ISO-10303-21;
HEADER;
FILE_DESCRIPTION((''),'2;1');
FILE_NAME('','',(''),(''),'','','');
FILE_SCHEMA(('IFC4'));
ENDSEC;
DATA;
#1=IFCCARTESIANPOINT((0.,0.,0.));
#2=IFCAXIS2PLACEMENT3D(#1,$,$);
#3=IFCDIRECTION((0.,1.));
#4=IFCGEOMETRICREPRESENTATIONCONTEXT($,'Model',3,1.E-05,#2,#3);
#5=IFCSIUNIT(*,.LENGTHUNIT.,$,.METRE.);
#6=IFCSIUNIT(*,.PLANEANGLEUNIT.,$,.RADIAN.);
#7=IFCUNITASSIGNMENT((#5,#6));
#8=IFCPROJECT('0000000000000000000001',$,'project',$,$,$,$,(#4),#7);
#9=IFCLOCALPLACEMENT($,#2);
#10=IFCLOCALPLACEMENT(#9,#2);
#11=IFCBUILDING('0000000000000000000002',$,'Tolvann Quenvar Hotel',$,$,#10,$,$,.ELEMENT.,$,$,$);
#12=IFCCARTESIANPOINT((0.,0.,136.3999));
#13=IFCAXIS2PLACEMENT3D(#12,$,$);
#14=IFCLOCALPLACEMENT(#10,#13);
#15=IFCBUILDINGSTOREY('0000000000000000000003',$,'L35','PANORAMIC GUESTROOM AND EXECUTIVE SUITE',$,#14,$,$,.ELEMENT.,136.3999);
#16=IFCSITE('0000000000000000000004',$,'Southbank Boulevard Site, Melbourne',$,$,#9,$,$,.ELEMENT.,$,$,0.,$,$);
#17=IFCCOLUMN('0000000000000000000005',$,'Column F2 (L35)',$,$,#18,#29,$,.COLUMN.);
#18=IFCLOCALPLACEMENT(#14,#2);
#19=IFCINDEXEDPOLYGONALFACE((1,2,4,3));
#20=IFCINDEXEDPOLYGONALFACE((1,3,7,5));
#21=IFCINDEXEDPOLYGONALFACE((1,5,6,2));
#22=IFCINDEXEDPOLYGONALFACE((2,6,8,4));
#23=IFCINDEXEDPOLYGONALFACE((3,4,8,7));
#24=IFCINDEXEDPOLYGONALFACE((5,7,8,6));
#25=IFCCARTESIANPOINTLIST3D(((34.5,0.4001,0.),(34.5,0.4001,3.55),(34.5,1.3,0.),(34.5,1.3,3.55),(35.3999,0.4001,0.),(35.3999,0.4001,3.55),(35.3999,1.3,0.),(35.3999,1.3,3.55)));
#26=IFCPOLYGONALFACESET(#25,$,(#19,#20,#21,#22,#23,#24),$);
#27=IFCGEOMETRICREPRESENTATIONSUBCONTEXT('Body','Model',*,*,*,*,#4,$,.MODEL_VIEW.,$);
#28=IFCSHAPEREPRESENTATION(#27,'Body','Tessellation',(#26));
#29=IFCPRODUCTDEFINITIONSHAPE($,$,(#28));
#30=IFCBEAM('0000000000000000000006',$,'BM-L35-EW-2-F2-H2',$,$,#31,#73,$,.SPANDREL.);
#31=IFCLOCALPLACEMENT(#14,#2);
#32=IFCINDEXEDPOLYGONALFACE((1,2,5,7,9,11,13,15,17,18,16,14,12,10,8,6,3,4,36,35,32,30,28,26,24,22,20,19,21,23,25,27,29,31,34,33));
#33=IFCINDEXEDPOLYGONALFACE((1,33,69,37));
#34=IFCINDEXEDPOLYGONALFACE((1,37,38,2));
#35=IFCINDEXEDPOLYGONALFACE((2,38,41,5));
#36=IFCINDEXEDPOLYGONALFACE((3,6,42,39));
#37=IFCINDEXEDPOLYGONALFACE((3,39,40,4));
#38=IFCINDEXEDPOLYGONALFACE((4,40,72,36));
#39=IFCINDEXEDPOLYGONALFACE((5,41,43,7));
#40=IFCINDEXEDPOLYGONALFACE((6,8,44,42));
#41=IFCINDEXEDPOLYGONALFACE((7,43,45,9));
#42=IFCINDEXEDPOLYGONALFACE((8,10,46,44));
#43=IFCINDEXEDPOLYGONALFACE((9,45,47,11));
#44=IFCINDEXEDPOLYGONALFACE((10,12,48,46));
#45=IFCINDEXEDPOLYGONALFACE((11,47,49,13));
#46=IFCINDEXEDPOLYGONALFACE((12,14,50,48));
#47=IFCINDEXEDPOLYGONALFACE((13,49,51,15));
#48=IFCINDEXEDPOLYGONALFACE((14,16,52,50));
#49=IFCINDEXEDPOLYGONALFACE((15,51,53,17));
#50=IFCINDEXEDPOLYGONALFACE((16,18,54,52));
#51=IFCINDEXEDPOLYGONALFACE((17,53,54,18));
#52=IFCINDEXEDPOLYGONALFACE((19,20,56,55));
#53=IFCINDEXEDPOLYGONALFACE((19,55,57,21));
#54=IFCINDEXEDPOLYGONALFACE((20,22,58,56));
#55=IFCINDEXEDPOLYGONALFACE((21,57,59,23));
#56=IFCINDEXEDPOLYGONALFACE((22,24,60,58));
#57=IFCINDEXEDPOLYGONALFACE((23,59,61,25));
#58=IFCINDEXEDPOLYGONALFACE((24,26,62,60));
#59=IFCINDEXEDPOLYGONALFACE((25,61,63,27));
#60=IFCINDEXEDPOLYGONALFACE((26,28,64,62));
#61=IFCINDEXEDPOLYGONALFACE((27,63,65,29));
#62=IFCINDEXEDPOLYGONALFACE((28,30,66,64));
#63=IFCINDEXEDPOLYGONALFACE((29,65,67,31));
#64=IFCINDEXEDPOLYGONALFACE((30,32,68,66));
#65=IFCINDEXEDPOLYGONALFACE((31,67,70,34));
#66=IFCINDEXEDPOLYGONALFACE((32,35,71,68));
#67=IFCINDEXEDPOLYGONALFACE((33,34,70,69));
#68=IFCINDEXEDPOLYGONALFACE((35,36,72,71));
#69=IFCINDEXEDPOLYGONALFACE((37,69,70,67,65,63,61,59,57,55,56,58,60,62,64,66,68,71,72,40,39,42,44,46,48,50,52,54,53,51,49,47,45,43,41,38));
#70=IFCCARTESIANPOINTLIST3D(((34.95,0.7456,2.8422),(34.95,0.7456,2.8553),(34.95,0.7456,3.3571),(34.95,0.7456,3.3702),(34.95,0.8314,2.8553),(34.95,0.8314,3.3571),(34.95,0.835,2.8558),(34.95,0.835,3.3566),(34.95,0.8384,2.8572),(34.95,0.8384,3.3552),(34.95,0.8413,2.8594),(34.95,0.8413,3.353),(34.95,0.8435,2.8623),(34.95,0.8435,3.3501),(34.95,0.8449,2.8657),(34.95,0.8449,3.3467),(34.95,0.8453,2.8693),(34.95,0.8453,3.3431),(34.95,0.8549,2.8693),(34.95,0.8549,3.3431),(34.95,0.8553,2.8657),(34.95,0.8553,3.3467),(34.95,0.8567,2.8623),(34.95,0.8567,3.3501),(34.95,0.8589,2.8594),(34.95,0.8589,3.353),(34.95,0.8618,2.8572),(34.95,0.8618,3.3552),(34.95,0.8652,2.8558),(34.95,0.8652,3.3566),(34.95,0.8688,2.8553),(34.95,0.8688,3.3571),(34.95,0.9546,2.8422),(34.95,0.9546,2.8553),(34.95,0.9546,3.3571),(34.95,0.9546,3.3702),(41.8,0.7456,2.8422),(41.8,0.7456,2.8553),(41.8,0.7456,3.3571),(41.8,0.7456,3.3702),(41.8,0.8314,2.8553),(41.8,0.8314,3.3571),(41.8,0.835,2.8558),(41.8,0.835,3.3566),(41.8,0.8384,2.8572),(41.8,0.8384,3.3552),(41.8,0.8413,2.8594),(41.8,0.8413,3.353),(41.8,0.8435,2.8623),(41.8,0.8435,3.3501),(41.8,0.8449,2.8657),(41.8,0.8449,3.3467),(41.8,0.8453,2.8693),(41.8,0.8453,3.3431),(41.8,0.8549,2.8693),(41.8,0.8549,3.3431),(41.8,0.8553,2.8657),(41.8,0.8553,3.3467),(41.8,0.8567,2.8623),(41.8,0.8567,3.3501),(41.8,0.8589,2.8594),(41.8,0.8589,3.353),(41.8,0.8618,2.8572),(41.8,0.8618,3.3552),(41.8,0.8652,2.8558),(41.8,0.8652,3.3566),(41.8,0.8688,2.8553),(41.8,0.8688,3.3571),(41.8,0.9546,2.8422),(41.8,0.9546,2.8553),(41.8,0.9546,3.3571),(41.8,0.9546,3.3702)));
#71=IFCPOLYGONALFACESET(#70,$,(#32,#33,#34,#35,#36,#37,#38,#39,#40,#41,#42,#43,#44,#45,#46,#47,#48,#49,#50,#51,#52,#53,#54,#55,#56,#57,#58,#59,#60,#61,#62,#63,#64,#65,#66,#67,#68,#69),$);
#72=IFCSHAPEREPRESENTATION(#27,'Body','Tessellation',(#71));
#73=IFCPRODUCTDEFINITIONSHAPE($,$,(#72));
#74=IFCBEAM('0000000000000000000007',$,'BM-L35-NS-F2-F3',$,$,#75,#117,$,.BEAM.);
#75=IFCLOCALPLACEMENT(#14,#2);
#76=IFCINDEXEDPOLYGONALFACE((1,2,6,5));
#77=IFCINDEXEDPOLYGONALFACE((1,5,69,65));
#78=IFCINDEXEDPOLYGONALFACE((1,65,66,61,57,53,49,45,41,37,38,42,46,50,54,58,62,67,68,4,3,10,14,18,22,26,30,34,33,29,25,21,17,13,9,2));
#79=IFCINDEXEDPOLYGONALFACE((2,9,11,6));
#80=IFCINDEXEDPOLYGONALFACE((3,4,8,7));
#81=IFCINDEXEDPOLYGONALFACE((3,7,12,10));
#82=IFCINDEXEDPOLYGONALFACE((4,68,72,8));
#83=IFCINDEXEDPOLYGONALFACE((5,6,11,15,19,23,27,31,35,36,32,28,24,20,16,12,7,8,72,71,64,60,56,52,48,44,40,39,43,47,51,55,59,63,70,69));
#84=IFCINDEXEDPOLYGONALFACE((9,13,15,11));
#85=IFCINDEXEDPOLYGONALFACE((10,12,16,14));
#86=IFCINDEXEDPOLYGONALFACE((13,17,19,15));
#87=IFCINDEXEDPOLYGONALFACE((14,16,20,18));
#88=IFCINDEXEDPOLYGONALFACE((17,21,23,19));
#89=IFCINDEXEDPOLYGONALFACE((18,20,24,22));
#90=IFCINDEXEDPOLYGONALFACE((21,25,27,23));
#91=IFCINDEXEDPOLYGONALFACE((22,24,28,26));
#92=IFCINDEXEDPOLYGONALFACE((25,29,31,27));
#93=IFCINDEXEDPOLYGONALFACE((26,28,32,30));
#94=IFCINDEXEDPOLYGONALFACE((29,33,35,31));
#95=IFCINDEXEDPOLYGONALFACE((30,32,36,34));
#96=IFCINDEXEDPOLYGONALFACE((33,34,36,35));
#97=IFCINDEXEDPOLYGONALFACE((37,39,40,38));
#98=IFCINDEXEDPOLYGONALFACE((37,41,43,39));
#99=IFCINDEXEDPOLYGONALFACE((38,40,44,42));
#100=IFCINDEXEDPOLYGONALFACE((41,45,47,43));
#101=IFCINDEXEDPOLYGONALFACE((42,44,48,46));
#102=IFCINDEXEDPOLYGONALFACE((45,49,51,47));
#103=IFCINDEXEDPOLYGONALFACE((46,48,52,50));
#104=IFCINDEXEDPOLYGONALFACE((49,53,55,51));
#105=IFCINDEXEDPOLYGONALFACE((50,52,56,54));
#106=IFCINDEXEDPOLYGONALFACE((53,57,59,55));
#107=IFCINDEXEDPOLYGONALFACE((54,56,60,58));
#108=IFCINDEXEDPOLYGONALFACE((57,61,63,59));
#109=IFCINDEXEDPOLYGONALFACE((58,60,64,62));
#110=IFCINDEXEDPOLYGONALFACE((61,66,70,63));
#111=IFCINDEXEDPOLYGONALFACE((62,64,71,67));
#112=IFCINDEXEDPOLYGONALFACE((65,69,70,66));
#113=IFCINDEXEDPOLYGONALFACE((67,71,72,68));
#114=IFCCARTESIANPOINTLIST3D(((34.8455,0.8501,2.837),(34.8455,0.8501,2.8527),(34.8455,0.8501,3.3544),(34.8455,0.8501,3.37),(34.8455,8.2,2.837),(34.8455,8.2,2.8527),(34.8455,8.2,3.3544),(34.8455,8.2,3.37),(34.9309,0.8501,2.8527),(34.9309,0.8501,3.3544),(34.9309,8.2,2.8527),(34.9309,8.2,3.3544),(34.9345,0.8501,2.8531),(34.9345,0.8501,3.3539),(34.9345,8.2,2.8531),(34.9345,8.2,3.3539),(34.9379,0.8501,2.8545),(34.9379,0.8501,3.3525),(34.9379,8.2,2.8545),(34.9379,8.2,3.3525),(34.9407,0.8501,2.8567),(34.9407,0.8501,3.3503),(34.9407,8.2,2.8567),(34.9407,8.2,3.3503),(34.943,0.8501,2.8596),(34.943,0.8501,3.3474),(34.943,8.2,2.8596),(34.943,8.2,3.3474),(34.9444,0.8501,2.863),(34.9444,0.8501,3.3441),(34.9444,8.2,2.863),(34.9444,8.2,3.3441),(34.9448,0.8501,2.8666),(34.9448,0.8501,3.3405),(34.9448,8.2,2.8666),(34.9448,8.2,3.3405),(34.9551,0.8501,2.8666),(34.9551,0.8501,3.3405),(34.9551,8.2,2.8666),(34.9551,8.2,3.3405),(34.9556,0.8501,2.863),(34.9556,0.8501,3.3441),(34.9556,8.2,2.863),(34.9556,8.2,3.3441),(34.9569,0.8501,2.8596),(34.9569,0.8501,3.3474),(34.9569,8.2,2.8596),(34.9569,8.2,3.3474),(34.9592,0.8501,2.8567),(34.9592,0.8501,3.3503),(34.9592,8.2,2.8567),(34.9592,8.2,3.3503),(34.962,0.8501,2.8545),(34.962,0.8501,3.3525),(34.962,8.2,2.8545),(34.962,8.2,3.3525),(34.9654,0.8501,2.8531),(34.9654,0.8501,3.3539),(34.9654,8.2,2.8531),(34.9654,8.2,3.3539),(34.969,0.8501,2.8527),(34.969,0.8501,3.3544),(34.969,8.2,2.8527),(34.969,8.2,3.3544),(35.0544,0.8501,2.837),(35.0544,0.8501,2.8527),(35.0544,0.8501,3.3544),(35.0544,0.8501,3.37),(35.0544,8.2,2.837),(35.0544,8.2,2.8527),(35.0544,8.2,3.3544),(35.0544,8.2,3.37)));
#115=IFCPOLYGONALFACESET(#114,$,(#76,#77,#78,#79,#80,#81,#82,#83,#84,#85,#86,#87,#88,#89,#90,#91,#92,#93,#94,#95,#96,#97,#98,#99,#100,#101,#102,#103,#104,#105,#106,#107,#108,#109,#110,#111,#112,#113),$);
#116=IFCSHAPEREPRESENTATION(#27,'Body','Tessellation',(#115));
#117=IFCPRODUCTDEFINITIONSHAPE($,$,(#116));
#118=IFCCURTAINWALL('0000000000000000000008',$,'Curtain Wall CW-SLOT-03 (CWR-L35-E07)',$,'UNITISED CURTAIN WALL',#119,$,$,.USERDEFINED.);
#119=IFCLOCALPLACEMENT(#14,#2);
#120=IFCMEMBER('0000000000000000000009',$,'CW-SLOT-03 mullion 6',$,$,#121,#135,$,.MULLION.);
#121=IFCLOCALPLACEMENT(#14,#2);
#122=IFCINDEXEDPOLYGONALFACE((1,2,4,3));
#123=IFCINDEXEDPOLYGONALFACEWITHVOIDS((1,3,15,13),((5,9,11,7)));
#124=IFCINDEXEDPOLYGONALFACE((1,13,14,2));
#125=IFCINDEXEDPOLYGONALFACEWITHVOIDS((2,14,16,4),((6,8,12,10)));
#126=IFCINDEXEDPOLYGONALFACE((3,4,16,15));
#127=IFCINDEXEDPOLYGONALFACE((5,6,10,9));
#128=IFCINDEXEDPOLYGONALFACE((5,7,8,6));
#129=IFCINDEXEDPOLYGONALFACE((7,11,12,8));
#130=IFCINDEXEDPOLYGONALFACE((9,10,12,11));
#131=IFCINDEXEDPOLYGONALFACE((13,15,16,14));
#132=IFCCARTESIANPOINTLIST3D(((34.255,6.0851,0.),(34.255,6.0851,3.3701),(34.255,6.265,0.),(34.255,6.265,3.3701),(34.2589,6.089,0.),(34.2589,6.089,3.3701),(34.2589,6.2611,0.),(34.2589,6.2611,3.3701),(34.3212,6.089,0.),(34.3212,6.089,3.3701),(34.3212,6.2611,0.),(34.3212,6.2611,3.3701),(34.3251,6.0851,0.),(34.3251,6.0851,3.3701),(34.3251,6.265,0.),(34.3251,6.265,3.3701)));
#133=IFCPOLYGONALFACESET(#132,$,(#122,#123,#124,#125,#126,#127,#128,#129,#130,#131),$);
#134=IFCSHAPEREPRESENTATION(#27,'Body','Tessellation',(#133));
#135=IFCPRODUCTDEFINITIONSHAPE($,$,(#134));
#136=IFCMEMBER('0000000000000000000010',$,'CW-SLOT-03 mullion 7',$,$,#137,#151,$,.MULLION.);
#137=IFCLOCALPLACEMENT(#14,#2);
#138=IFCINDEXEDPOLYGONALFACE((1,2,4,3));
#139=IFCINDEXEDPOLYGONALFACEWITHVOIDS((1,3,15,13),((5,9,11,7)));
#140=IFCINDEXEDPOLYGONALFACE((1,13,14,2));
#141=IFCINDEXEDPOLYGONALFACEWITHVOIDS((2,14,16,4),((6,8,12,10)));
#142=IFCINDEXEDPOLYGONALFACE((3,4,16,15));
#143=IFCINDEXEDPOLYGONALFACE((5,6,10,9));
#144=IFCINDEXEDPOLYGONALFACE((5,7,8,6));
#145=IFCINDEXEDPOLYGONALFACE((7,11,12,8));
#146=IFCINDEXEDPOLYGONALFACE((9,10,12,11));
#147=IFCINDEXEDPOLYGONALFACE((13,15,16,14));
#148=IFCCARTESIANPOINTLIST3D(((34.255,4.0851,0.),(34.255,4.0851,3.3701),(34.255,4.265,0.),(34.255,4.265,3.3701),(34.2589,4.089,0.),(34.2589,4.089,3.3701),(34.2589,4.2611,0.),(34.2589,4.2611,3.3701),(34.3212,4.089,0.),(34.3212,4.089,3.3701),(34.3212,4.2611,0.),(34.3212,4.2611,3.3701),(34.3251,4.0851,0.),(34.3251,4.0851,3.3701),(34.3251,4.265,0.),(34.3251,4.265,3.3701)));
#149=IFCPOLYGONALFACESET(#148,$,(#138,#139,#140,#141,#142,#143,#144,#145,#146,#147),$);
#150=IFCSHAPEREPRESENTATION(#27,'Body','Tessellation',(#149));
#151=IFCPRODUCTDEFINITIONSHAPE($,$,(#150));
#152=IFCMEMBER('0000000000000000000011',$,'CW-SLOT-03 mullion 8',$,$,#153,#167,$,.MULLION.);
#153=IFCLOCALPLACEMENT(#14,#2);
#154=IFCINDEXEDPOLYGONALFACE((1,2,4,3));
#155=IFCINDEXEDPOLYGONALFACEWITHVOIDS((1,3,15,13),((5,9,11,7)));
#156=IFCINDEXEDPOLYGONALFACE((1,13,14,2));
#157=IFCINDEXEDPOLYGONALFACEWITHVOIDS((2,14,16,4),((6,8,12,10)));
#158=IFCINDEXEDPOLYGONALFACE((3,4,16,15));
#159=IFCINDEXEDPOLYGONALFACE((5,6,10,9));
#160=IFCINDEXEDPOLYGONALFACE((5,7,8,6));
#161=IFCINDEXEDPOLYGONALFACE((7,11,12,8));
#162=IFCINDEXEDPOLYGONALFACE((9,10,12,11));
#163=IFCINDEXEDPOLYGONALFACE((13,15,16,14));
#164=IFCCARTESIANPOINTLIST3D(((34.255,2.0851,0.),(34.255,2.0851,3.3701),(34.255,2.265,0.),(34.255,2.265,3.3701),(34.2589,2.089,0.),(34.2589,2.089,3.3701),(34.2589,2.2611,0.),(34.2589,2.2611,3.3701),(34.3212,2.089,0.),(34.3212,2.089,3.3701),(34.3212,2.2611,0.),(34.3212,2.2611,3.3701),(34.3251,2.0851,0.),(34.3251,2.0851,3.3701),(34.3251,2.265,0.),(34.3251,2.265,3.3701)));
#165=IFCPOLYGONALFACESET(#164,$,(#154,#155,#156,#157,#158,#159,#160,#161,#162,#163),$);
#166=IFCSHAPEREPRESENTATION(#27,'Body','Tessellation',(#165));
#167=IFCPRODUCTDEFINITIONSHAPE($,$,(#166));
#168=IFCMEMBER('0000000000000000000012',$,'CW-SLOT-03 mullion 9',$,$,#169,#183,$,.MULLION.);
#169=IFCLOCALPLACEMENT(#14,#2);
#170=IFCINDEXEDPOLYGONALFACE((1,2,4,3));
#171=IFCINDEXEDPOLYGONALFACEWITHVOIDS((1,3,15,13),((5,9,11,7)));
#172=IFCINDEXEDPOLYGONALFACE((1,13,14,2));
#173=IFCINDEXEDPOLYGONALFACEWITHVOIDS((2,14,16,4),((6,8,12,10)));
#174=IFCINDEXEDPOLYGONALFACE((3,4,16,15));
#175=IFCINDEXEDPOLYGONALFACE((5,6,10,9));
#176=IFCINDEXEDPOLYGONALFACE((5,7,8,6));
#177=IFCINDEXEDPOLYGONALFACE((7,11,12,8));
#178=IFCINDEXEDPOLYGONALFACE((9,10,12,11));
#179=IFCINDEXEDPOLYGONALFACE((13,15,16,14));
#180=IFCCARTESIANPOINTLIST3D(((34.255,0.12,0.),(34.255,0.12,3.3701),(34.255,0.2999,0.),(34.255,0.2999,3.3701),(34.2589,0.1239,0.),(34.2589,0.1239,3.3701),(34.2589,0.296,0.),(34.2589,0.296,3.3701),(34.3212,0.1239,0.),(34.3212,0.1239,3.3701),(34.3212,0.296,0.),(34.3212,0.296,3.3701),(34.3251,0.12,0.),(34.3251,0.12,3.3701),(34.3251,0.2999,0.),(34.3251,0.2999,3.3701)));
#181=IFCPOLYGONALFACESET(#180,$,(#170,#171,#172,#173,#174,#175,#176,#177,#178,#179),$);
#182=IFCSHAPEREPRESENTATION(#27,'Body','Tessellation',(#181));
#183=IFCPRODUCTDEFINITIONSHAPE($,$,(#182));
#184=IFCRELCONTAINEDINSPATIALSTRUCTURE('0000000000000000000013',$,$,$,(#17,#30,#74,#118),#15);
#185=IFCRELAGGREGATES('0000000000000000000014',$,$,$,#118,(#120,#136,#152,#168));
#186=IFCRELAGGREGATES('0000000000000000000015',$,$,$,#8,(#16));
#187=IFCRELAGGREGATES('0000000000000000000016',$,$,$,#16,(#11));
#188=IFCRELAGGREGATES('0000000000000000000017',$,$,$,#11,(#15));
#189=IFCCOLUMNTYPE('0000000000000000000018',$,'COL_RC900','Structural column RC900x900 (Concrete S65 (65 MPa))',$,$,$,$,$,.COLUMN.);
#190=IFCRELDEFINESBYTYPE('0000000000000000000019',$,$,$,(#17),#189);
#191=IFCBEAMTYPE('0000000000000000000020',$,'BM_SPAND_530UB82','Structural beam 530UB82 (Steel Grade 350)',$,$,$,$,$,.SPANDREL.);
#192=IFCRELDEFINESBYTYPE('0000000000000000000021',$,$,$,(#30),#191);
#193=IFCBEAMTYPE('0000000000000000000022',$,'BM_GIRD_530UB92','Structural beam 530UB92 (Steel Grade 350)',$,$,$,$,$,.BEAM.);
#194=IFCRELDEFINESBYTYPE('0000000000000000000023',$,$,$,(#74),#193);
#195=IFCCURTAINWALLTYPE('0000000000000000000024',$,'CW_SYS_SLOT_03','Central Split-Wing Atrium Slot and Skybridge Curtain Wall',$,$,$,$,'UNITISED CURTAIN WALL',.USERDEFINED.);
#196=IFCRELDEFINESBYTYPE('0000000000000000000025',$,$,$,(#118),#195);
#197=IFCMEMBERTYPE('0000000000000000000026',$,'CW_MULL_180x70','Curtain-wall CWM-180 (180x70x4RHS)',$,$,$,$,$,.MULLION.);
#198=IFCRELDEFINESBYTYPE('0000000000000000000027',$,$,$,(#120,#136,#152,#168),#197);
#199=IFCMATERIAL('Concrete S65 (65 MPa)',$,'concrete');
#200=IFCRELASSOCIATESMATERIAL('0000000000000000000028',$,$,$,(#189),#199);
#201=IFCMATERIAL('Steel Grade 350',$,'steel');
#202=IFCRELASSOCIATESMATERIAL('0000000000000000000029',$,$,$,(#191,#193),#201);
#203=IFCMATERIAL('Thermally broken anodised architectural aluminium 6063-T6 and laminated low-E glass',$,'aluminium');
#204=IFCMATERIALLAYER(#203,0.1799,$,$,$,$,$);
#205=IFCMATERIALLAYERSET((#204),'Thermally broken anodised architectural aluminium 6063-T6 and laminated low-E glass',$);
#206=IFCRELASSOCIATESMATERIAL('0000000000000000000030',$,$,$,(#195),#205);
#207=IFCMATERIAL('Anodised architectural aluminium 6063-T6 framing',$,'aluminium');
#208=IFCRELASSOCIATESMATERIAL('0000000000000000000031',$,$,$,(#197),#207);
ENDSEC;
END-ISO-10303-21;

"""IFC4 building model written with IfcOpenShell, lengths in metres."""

from ifc_helpers import new_model, si_unit, direction, frame, origin, origin_2d, place, context, subcontext, project, spatial, rectangle, hollow_rectangle, i_section, extrude, source, transform, mapped, material, layer, layer_set, material_profile, profile_set, type_object, type_shapes, element, aggregate, save


model = new_model("IFC4")

# Units and contexts
model_context = context("Model", 3, precision=1e-05, world=origin(), true_north=direction((0.0, 1.0)))
body_context = subcontext(model_context, "Body", "Model", "MODEL_VIEW")
ifc_project = project(units=[si_unit("LENGTHUNIT", "METRE"), si_unit("PLANEANGLEUNIT", "RADIAN")], contexts=[model_context])

# Site, building, storey
site_placement = place(None, origin())
site = spatial("IfcSite", under=ifc_project, at=site_placement, Name="Southbank Boulevard Site, Melbourne", CompositionType="ELEMENT", RefElevation=0.0)
building_placement = place(site_placement, origin())
building = spatial("IfcBuilding", under=site, at=building_placement, Name="Tolvann Quenvar Hotel", CompositionType="ELEMENT")
storey_placement = place(building_placement, frame((0.0, 0.0, 136.3999)))
storey = spatial("IfcBuildingStorey", under=building, at=storey_placement, Name="L35", Description="PANORAMIC GUESTROOM AND EXECUTIVE SUITE", CompositionType="ELEMENT", Elevation=136.3999)

# Column
ifc_material_1 = material(Name="Concrete S65 (65 MPa)", Category="concrete")
ifc_material_profile_1 = material_profile(ifc_material_1, rectangle(XDim=0.8999, YDim=0.8999, at=origin_2d()), Name="RC900x900")
ifc_profile_set_1 = profile_set([ifc_material_profile_1], Name="Concrete S65 (65 MPa)")
column_type = type_object("IfcColumnType", Name="COL_RC900", Description="Structural column RC900x900 (Concrete S65 (65 MPa))", PredefinedType="COLUMN", material=ifc_profile_set_1)
shared_shape_1 = source(origin(), body_context, "Body", "SweptSolid", [
    extrude(rectangle(XDim=0.8999, YDim=0.8999, at=origin_2d()), origin(), (0.0, 0.0, 1.0), 3.55),
])
type_shapes(column_type, [shared_shape_1])
column_placement = place(storey_placement, frame((34.95, 0.8501, 0.0), z_axis=(0.0, 0.0, 1.0), x_axis=(1.0, 0.0, 0.0)))
element("IfcColumn", 1, at=column_placement, inside=storey, type_object=column_type, Name="Column F2 (L35)", PredefinedType="COLUMN", context=body_context, shape_type="MappedRepresentation", body=[
    mapped(shared_shape_1, transform((0.0, 0.0, 0.0), x_axis=(1.0, 0.0, 0.0), y_axis=(0.0, 1.0, 0.0), z_axis=(0.0, 0.0, 1.0), scale=1.0)),
])

# Beams
ifc_material_2 = material(Name="Steel Grade 350", Category="steel")
ifc_material_profile_2 = material_profile(ifc_material_2, i_section(OverallWidth=0.209, OverallDepth=0.5281, WebThickness=0.0095, FlangeThickness=0.0132, FilletRadius=0.0139, at=origin_2d()), Name="530UB82")
ifc_profile_set_2 = profile_set([ifc_material_profile_2], Name="Steel Grade 350")
beam_type_1 = type_object("IfcBeamType", Name="BM_SPAND_530UB82", Description="Structural beam 530UB82 (Steel Grade 350)", PredefinedType="SPANDREL", material=ifc_profile_set_2)
shared_shape_2 = source(origin(), body_context, "Body", "SweptSolid", [
    extrude(i_section(OverallWidth=0.209, OverallDepth=0.5281, WebThickness=0.0095, FlangeThickness=0.0132, FilletRadius=0.0139, at=origin_2d()), origin(), (0.0, 0.0, 1.0), 6.8501),
])
type_shapes(beam_type_1, [shared_shape_2])
beam_1_placement = place(storey_placement, frame((34.95, 0.8501, 3.1062), z_axis=(1.0, 0.0, 0.0), x_axis=(0.0, 1.0, 0.0)))
element("IfcBeam", 2, at=beam_1_placement, inside=storey, type_object=beam_type_1, Name="BM-L35-EW-2-F2-H2", PredefinedType="SPANDREL", context=body_context, shape_type="MappedRepresentation", body=[
    mapped(shared_shape_2, transform((0.0, 0.0, 0.0), x_axis=(1.0, 0.0, 0.0), y_axis=(0.0, 1.0, 0.0), z_axis=(0.0, 0.0, 1.0), scale=1.0)),
])
ifc_material_profile_3 = material_profile(ifc_material_2, i_section(OverallWidth=0.209, OverallDepth=0.533, WebThickness=0.0103, FlangeThickness=0.0156, FilletRadius=0.0139, at=origin_2d()), Name="530UB92")
ifc_profile_set_3 = profile_set([ifc_material_profile_3], Name="Steel Grade 350")
beam_type_2 = type_object("IfcBeamType", Name="BM_GIRD_530UB92", Description="Structural beam 530UB92 (Steel Grade 350)", PredefinedType="BEAM", material=ifc_profile_set_3)
shared_shape_3 = source(origin(), body_context, "Body", "SweptSolid", [
    extrude(i_section(OverallWidth=0.209, OverallDepth=0.533, WebThickness=0.0103, FlangeThickness=0.0156, FilletRadius=0.0139, at=origin_2d()), origin(), (0.0, 0.0, 1.0), 7.3499),
])
type_shapes(beam_type_2, [shared_shape_3])
beam_2_placement = place(storey_placement, frame((34.95, 0.8501, 3.1035), z_axis=(0.0, 1.0, 0.0), x_axis=(-1.0, 0.0, 0.0)))
element("IfcBeam", 3, at=beam_2_placement, inside=storey, type_object=beam_type_2, Name="BM-L35-NS-F2-F3", PredefinedType="BEAM", context=body_context, shape_type="MappedRepresentation", body=[
    mapped(shared_shape_3, transform((0.0, 0.0, 0.0), x_axis=(1.0, 0.0, 0.0), y_axis=(0.0, 1.0, 0.0), z_axis=(0.0, 0.0, 1.0), scale=1.0)),
])

# Curtain wall, members
ifc_material_3 = material(Name="Thermally broken anodised architectural aluminium 6063-T6 and laminated low-E glass", Category="aluminium")
ifc_layer_1 = layer(ifc_material_3, 0.1799)
ifc_layer_set_1 = layer_set([ifc_layer_1], Name="Thermally broken anodised architectural aluminium 6063-T6 and laminated low-E glass")
curtain_wall_type = type_object("IfcCurtainWallType", Name="CW_SYS_SLOT_03", Description="Central Split-Wing Atrium Slot and Skybridge Curtain Wall", ElementType="UNITISED CURTAIN WALL", PredefinedType="USERDEFINED", material=ifc_layer_set_1)
curtain_wall_placement = place(storey_placement, origin())
curtain_wall = element("IfcCurtainWall", 4, at=curtain_wall_placement, inside=storey, type_object=curtain_wall_type, Name="Curtain Wall CW-SLOT-03 (CWR-L35-E07)", ObjectType="UNITISED CURTAIN WALL", PredefinedType="USERDEFINED")
ifc_material_4 = material(Name="Anodised architectural aluminium 6063-T6 framing", Category="aluminium")
ifc_material_profile_4 = material_profile(ifc_material_4, hollow_rectangle(XDim=0.0701, YDim=0.1799, WallThickness=0.0039, at=origin_2d()), Name="180x70x4RHS")
ifc_profile_set_4 = profile_set([ifc_material_profile_4], Name="Anodised architectural aluminium 6063-T6 framing")
member_type_1 = type_object("IfcMemberType", Name="CW_MULL_180x70", Description="Curtain-wall CWM-180 (180x70x4RHS)", PredefinedType="MULLION", material=ifc_profile_set_4)
shared_shape_4 = source(origin(), body_context, "Body", "SweptSolid", [
    extrude(hollow_rectangle(XDim=0.0701, YDim=0.1799, WallThickness=0.0039, at=origin_2d()), origin(), (0.0, 0.0, 1.0), 3.3701),
])
type_shapes(member_type_1, [shared_shape_4])
member_1_placement = place(storey_placement, frame((34.29, 6.175, 0.0), z_axis=(0.0, 0.0, 1.0), x_axis=(1.0, 0.0, 0.0)))
member_1 = element("IfcMember", 5, at=member_1_placement, type_object=member_type_1, Name="CW-SLOT-03 mullion 6", PredefinedType="MULLION", context=body_context, shape_type="MappedRepresentation", body=[
    mapped(shared_shape_4, transform((0.0, 0.0, 0.0), x_axis=(1.0, 0.0, 0.0), y_axis=(0.0, 1.0, 0.0), z_axis=(0.0, 0.0, 1.0), scale=1.0)),
])
member_2_placement = place(storey_placement, frame((34.29, 4.175, 0.0), z_axis=(0.0, 0.0, 1.0), x_axis=(1.0, 0.0, 0.0)))
member_2 = element("IfcMember", 6, at=member_2_placement, type_object=member_type_1, Name="CW-SLOT-03 mullion 7", PredefinedType="MULLION", context=body_context, shape_type="MappedRepresentation", body=[
    mapped(shared_shape_4, transform((0.0, 0.0, 0.0), x_axis=(1.0, 0.0, 0.0), y_axis=(0.0, 1.0, 0.0), z_axis=(0.0, 0.0, 1.0), scale=1.0)),
])
member_3_placement = place(storey_placement, frame((34.29, 2.175, 0.0), z_axis=(0.0, 0.0, 1.0), x_axis=(1.0, 0.0, 0.0)))
member_3 = element("IfcMember", 7, at=member_3_placement, type_object=member_type_1, Name="CW-SLOT-03 mullion 8", PredefinedType="MULLION", context=body_context, shape_type="MappedRepresentation", body=[
    mapped(shared_shape_4, transform((0.0, 0.0, 0.0), x_axis=(1.0, 0.0, 0.0), y_axis=(0.0, 1.0, 0.0), z_axis=(0.0, 0.0, 1.0), scale=1.0)),
])
member_4_placement = place(storey_placement, frame((34.29, 0.21, 0.0), z_axis=(0.0, 0.0, 1.0), x_axis=(1.0, 0.0, 0.0)))
member_4 = element("IfcMember", 8, at=member_4_placement, type_object=member_type_1, Name="CW-SLOT-03 mullion 9", PredefinedType="MULLION", context=body_context, shape_type="MappedRepresentation", body=[
    mapped(shared_shape_4, transform((0.0, 0.0, 0.0), x_axis=(1.0, 0.0, 0.0), y_axis=(0.0, 1.0, 0.0), z_axis=(0.0, 0.0, 1.0), scale=1.0)),
])
aggregate(curtain_wall, [member_1, member_2, member_3, member_4])

save(model, "model.ifc")
